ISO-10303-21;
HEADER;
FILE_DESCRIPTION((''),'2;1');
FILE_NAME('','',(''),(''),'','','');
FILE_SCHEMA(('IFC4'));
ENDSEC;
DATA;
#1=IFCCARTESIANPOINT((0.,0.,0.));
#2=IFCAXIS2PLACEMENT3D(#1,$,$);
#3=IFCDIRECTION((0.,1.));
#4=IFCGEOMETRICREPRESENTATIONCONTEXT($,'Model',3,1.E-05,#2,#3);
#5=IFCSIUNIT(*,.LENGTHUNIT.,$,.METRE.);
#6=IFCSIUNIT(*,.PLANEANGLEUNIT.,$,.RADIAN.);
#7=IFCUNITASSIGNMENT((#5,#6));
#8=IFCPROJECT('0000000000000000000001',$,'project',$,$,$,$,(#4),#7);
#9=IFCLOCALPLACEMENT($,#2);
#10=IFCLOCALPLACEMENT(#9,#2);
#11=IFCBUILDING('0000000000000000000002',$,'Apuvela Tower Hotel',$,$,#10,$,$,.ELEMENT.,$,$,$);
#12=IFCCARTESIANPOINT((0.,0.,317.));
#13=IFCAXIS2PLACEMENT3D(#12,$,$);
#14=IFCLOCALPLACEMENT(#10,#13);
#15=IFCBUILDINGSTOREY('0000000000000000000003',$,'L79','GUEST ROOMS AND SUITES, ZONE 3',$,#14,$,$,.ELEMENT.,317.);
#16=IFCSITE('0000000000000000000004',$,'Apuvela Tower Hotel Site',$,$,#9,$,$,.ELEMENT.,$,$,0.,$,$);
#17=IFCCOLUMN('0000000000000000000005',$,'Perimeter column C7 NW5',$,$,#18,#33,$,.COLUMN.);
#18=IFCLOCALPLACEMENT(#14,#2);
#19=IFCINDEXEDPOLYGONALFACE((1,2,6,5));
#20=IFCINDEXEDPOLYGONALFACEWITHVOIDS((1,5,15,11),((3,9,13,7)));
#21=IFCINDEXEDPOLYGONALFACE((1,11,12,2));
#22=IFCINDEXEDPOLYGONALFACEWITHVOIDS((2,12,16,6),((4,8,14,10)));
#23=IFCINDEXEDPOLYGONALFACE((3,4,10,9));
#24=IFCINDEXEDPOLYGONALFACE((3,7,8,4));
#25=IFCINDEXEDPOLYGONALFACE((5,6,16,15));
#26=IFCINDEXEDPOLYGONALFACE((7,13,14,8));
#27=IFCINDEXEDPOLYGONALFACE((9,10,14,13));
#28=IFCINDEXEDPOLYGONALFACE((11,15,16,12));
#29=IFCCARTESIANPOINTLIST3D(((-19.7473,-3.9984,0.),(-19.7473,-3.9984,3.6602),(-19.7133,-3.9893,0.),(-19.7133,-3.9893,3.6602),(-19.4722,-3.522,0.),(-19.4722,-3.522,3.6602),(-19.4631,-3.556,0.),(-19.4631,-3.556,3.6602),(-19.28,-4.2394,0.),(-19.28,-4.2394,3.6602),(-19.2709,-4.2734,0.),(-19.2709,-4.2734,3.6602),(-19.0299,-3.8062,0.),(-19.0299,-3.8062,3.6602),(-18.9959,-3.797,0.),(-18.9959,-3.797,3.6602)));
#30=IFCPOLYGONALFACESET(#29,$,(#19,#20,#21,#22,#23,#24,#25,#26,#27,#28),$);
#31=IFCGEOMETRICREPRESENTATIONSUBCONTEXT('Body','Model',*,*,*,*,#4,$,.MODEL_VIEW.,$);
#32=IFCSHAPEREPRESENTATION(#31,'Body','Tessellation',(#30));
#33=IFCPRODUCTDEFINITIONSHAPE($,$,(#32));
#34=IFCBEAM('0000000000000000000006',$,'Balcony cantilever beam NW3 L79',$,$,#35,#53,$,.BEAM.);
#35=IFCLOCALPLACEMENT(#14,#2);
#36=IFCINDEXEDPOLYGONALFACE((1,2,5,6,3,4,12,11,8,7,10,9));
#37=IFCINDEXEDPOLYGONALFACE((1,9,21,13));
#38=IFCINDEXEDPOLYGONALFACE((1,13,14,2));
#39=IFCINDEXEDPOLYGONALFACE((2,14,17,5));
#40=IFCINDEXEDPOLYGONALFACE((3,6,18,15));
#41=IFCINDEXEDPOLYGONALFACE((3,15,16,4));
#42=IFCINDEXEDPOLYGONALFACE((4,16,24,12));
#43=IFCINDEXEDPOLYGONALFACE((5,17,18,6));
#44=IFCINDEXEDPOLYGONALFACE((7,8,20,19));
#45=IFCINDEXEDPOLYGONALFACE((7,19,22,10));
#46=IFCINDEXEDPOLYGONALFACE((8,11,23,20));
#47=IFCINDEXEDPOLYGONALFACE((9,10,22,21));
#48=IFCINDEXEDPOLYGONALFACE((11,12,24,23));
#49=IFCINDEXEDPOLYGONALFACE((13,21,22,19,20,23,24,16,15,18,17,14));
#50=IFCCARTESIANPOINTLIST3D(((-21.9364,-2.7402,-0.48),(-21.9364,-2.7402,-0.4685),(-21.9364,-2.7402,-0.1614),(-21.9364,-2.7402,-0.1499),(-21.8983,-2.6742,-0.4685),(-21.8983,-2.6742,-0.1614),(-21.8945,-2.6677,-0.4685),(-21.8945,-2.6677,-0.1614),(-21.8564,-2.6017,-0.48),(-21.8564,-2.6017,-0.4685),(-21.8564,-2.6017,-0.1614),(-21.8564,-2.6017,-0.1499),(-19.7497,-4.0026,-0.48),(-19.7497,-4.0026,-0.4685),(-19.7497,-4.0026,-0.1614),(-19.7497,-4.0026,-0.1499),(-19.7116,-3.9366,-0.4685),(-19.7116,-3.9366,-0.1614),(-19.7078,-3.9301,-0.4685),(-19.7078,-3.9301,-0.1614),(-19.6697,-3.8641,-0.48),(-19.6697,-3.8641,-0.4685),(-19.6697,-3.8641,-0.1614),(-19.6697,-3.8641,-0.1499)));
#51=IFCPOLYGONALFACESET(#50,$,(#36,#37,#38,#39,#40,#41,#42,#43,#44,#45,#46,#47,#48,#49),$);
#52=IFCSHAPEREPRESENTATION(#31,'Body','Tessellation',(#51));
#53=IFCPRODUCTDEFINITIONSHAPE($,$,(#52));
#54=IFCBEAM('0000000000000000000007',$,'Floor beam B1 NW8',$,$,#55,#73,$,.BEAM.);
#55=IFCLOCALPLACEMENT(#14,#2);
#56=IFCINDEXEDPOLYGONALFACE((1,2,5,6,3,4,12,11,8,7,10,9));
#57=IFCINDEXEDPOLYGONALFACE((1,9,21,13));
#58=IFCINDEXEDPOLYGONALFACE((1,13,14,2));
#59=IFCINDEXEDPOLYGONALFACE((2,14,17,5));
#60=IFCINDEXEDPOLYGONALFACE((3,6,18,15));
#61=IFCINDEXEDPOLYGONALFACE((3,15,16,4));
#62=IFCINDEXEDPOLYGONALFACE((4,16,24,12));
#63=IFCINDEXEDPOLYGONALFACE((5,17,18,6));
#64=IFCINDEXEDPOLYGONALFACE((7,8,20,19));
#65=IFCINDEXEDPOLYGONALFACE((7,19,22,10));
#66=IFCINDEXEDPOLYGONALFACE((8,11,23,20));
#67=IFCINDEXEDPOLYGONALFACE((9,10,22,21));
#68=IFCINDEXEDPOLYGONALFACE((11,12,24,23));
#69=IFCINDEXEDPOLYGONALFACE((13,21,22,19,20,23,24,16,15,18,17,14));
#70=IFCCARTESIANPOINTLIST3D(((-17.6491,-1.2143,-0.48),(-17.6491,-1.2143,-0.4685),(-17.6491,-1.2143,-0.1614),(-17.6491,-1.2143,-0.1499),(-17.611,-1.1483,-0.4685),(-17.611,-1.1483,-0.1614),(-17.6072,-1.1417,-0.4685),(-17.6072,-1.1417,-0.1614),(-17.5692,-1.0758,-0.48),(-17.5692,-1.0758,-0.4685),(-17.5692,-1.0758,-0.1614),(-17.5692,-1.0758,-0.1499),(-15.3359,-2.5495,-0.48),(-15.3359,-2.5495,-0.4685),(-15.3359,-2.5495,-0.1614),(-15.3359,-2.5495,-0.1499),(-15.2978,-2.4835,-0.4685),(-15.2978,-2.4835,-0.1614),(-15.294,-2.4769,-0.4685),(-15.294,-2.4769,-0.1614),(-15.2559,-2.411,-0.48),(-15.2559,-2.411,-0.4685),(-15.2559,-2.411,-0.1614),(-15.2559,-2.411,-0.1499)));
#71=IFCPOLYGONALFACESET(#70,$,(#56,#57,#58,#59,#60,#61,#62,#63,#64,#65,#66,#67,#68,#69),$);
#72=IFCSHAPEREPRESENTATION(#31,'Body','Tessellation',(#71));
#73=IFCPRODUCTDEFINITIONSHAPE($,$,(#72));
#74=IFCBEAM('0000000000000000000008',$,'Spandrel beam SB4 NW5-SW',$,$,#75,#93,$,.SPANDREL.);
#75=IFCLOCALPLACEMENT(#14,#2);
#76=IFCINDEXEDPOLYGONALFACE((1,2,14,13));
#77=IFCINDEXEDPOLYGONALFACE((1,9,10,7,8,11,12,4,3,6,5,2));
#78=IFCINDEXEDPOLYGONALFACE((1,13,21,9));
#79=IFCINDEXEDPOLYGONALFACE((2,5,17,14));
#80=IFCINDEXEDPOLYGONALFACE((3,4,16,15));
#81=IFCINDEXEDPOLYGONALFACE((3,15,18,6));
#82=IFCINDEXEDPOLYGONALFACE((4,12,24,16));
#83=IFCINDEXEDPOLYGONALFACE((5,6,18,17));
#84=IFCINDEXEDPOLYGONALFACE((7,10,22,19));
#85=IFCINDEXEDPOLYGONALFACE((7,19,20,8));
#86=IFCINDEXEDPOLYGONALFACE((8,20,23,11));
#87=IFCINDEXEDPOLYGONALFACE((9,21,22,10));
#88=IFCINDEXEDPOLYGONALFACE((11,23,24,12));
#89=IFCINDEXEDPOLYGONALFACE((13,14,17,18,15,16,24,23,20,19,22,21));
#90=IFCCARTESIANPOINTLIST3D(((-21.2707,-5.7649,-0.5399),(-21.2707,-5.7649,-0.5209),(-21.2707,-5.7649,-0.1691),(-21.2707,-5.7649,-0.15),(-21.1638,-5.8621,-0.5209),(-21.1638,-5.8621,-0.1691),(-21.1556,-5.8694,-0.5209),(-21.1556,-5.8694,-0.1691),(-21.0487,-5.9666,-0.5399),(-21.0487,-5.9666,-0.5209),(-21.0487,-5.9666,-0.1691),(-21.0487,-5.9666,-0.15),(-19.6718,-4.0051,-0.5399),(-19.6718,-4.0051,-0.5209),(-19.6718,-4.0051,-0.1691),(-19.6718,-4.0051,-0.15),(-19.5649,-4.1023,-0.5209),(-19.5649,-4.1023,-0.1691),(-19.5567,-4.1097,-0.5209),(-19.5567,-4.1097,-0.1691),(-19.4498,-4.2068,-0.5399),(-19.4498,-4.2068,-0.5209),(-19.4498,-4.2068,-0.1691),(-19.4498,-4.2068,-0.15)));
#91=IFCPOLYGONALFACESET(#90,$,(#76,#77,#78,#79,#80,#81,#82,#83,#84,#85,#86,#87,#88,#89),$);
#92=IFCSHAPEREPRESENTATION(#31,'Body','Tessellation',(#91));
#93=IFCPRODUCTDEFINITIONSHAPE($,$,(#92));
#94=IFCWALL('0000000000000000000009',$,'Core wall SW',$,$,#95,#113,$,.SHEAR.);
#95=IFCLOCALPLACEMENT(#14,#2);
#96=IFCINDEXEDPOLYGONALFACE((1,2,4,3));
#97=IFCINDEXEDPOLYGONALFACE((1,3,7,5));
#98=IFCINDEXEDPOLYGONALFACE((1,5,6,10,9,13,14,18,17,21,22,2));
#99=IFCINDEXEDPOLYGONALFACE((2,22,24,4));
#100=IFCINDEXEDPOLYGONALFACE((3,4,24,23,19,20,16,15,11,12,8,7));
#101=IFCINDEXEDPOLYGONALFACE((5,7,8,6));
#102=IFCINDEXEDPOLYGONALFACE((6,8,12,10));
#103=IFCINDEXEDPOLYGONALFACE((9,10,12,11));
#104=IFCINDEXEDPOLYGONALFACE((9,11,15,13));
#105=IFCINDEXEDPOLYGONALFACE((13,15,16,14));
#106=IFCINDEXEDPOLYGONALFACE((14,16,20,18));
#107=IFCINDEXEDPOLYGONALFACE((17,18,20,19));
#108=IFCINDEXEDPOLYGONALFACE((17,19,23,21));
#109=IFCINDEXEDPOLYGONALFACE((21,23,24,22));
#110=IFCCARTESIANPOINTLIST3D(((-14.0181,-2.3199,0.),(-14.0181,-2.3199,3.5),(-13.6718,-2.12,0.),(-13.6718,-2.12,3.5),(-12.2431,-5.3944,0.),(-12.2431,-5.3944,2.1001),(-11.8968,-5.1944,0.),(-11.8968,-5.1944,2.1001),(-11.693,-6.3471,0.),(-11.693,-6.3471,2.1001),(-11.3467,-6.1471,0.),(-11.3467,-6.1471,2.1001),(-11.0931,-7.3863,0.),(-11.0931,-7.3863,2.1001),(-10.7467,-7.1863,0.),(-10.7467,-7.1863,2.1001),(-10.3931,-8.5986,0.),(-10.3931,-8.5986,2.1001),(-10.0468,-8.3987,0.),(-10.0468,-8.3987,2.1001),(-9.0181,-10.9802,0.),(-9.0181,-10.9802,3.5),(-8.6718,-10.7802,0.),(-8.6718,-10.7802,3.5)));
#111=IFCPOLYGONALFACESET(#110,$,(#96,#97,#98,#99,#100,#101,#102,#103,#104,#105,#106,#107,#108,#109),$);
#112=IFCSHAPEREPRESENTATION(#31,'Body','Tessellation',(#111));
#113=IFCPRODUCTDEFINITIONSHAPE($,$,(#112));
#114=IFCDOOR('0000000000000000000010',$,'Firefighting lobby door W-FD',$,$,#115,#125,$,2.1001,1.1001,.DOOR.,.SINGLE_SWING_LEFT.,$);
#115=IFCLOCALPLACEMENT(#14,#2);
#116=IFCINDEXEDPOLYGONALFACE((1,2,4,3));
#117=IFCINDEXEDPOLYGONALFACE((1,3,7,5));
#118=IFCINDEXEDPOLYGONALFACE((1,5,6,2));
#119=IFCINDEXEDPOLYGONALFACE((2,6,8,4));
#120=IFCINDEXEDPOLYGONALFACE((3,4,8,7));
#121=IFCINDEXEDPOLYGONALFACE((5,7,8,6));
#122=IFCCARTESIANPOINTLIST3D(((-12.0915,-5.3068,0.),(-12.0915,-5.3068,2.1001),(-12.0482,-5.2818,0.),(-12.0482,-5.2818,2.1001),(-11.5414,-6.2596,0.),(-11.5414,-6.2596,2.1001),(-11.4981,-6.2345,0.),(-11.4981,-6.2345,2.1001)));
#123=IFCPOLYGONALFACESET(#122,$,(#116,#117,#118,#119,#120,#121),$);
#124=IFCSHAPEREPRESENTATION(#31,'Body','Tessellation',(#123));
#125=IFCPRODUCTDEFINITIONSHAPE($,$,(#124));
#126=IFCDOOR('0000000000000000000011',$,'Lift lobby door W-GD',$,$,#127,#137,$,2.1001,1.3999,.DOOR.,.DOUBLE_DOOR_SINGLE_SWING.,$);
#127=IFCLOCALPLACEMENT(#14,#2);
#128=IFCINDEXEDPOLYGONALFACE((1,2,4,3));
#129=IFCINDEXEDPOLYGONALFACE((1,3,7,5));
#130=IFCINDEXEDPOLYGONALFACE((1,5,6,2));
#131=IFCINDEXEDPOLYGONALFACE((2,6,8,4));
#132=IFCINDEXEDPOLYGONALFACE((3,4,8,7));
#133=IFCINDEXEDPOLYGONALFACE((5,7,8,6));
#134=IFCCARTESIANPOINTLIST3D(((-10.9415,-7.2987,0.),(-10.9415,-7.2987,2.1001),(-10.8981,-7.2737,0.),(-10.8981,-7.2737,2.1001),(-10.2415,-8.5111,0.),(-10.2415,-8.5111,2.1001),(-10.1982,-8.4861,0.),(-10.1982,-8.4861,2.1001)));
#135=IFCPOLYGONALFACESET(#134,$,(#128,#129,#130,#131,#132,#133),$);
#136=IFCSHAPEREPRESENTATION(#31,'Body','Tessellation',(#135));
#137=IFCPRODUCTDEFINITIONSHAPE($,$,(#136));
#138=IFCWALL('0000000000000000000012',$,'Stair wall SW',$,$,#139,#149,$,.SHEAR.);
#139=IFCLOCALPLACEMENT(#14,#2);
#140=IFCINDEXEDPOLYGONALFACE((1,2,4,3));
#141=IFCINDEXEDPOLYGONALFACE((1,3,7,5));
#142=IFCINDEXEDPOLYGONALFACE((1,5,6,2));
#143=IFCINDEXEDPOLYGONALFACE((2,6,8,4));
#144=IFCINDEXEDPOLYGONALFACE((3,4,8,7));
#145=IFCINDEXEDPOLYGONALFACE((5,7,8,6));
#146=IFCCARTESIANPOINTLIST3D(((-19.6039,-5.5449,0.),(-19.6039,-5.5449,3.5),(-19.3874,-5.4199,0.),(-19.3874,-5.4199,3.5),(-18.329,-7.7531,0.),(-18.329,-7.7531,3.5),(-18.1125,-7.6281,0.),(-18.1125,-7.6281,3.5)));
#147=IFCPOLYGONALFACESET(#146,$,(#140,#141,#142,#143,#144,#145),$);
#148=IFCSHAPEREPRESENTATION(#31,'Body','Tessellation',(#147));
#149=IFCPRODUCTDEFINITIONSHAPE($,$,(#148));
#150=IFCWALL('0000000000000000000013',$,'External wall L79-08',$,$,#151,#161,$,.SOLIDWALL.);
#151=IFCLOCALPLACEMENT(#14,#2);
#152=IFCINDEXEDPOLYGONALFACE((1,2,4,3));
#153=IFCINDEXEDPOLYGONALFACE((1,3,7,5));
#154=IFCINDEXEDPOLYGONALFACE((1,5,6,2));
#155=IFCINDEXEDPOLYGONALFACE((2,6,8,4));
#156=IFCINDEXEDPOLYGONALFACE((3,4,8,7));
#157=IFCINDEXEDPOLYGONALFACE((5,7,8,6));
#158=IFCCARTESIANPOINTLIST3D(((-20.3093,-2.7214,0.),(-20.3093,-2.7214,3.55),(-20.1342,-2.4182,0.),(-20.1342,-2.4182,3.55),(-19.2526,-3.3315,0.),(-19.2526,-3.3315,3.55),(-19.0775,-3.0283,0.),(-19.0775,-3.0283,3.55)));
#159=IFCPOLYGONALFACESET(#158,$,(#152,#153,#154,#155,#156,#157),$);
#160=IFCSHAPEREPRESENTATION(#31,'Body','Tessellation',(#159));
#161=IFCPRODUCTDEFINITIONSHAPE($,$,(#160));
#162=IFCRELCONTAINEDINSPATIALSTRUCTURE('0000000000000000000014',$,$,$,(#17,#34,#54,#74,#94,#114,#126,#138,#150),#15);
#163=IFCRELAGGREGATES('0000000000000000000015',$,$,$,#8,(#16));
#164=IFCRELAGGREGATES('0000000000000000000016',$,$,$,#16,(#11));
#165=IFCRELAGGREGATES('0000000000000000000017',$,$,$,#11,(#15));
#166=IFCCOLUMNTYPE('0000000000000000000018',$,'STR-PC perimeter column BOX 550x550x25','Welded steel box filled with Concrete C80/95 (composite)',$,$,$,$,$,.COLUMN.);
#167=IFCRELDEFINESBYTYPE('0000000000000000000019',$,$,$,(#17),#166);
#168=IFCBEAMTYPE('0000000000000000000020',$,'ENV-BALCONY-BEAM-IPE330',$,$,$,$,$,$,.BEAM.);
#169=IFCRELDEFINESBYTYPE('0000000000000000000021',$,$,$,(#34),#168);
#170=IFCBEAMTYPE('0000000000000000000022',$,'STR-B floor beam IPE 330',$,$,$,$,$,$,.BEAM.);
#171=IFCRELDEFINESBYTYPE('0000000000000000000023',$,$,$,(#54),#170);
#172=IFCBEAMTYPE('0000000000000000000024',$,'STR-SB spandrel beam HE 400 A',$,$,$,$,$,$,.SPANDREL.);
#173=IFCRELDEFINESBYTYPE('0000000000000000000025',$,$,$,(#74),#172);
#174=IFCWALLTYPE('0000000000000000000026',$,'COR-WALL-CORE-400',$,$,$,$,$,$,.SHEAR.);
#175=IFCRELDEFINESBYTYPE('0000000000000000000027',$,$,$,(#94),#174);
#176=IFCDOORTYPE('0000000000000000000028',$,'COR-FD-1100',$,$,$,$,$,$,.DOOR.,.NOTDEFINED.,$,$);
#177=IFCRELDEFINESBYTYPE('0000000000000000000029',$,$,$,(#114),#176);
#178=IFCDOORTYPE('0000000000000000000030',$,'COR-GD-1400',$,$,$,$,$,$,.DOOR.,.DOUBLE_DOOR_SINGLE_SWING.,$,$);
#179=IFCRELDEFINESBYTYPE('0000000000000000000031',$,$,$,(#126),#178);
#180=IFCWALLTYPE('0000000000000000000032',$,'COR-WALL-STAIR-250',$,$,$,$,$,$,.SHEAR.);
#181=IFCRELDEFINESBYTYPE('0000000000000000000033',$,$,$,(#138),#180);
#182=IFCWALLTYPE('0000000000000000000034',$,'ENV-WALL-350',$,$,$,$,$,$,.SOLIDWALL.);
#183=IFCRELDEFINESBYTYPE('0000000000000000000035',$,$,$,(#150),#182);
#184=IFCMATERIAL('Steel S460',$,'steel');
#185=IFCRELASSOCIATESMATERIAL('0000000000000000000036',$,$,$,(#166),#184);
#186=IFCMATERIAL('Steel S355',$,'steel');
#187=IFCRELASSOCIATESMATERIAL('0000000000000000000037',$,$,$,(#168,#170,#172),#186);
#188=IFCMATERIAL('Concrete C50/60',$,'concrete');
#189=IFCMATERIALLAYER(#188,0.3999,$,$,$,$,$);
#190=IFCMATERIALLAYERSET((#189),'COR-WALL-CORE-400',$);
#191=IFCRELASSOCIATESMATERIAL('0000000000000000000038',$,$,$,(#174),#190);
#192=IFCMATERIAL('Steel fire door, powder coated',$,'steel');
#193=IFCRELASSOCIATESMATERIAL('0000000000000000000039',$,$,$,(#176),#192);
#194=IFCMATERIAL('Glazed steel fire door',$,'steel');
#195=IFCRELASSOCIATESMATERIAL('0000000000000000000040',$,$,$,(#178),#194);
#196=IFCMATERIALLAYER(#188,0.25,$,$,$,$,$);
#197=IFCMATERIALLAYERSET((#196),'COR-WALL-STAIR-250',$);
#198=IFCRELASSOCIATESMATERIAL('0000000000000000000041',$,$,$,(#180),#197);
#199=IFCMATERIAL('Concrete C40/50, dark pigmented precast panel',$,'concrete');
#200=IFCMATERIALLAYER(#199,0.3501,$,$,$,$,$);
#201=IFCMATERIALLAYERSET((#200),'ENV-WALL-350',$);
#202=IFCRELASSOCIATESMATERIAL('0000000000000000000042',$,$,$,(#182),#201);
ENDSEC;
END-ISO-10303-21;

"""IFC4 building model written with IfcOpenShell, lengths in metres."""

from ifc_helpers import new_model, si_unit, direction, frame, frame_2d, origin, origin_2d, place, context, subcontext, project, spatial, rectangle, hollow_rectangle, i_section, extrude, boolean, halfspace, material, layer, layer_set, material_profile, profile_set, type_object, element, fill, save


model = new_model("IFC4")

# Units and contexts
model_context = context("Model", 3, precision=1e-05, world=origin(), true_north=direction((0.0, 1.0)))
body_context = subcontext(model_context, "Body", "Model", "MODEL_VIEW")
ifc_project = project(units=[si_unit("LENGTHUNIT", "METRE"), si_unit("PLANEANGLEUNIT", "RADIAN")], contexts=[model_context])

# Site, building, storey
site_placement = place(None, origin())
site = spatial("IfcSite", under=ifc_project, at=site_placement, Name="Apuvela Tower Hotel Site", CompositionType="ELEMENT", RefElevation=0.0)
building_placement = place(site_placement, origin())
building = spatial("IfcBuilding", under=site, at=building_placement, Name="Apuvela Tower Hotel", CompositionType="ELEMENT")
storey_placement = place(building_placement, frame((0.0, 0.0, 317.0)))
storey = spatial("IfcBuildingStorey", under=building, at=storey_placement, Name="L79", Description="GUEST ROOMS AND SUITES, ZONE 3", CompositionType="ELEMENT", Elevation=317.0)

# Column
ifc_material_1 = material(Name="Steel S460", Category="steel")
ifc_material_profile_1 = material_profile(ifc_material_1, hollow_rectangle(XDim=0.55, YDim=0.55, WallThickness=0.0249, at=origin_2d()), Name="BOX 550x550x25")
ifc_material_2 = material(Name="Concrete C80/95", Category="concrete")
ifc_material_profile_2 = material_profile(ifc_material_2, rectangle(XDim=0.5, YDim=0.5, at=origin_2d()), Name="Concrete C80/95 infill")
ifc_profile_set_1 = profile_set([ifc_material_profile_1, ifc_material_profile_2], Name="Steel S460")
column_type = type_object("IfcColumnType", Name="STR-PC perimeter column BOX 550x550x25", Description="Welded steel box filled with Concrete C80/95 (composite)", PredefinedType="COLUMN", material=ifc_profile_set_1)
column_placement = place(storey_placement, frame((-19.3716, -3.8977, 0.0), z_axis=(0.0, 0.0, 1.0), x_axis=(0.5, 0.866025, 0.0)))
element("IfcColumn", 1, at=column_placement, inside=storey, type_object=column_type, Name="Perimeter column C7 NW5", PredefinedType="COLUMN", context=body_context, shape_type="SweptSolid", body=[
    boolean("DIFFERENCE", extrude(hollow_rectangle(XDim=0.55, YDim=0.55, WallThickness=0.0249, at=origin_2d()), origin(), (0.0, 0.0, 1.0), 3.7), halfspace(frame((0.0, 0.0, 3.6602), z_axis=(0.0, 0.0, 1.0), x_axis=(1.0, 0.0, 0.0)), False)),
])

# Beams
ifc_material_3 = material(Name="Steel S355", Category="steel")
ifc_material_profile_3 = material_profile(ifc_material_3, i_section(OverallWidth=0.1599, OverallDepth=0.3301, WebThickness=0.0076, FlangeThickness=0.0115, at=origin_2d()), Name="IPE 330")
ifc_profile_set_2 = profile_set([ifc_material_profile_3], Name="Steel S355")
beam_type_1 = type_object("IfcBeamType", Name="ENV-BALCONY-BEAM-IPE330", PredefinedType="BEAM", material=ifc_profile_set_2)
beam_1_placement = place(storey_placement, frame((-19.7097, -3.9333, -0.3149), z_axis=(-0.866039, 0.499976, 0.0), x_axis=(-0.499976, -0.866039, 0.0)))
element("IfcBeam", 2, at=beam_1_placement, inside=storey, type_object=beam_type_1, Name="Balcony cantilever beam NW3 L79", PredefinedType="BEAM", context=body_context, shape_type="SweptSolid", body=[
    extrude(i_section(OverallWidth=0.1599, OverallDepth=0.3301, WebThickness=0.0076, FlangeThickness=0.0115, at=origin_2d()), origin(), (0.0, 0.0, 1.0), 2.5249),
])
ifc_material_profile_4 = material_profile(ifc_material_3, i_section(OverallWidth=0.1599, OverallDepth=0.3301, WebThickness=0.0076, FlangeThickness=0.0115, at=origin_2d()), Name="IPE 330")
ifc_profile_set_3 = profile_set([ifc_material_profile_4], Name="Steel S355")
beam_type_2 = type_object("IfcBeamType", Name="STR-B floor beam IPE 330", PredefinedType="BEAM", material=ifc_profile_set_3)
beam_2_placement = place(storey_placement, frame((-17.6091, -1.145, -0.3149), z_axis=(0.866081, -0.499904, 0.0), x_axis=(0.499904, 0.866081, 0.0)))
element("IfcBeam", 3, at=beam_2_placement, inside=storey, type_object=beam_type_2, Name="Floor beam B1 NW8", PredefinedType="BEAM", context=body_context, shape_type="SweptSolid", body=[
    extrude(i_section(OverallWidth=0.1599, OverallDepth=0.3301, WebThickness=0.0076, FlangeThickness=0.0115, at=origin_2d()), origin(), (0.0, 0.0, 1.0), 2.6709),
])
ifc_material_profile_5 = material_profile(ifc_material_3, i_section(OverallWidth=0.3, OverallDepth=0.3899, WebThickness=0.011, FlangeThickness=0.019, at=origin_2d()), Name="HE 400 A")
ifc_profile_set_4 = profile_set([ifc_material_profile_5], Name="Steel S355")
beam_type_3 = type_object("IfcBeamType", Name="STR-SB spandrel beam HE 400 A", PredefinedType="SPANDREL", material=ifc_profile_set_4)
beam_3_placement = place(storey_placement, frame((-19.5608, -4.106, -0.345), z_axis=(-0.672463, -0.740131, 0.0), x_axis=(0.740131, -0.672463, 0.0)))
element("IfcBeam", 4, at=beam_3_placement, inside=storey, type_object=beam_type_3, Name="Spandrel beam SB4 NW5-SW", PredefinedType="SPANDREL", context=body_context, shape_type="SweptSolid", body=[
    extrude(i_section(OverallWidth=0.3, OverallDepth=0.3899, WebThickness=0.011, FlangeThickness=0.019, at=origin_2d()), origin(), (0.0, 0.0, 1.0), 2.3777),
])

# Wall, openings, doors
ifc_material_4 = material(Name="Concrete C50/60", Category="concrete")
ifc_layer_1 = layer(ifc_material_4, 0.3999)
ifc_layer_set_1 = layer_set([ifc_layer_1], Name="COR-WALL-CORE-400")
wall_type_1 = type_object("IfcWallType", Name="COR-WALL-CORE-400", PredefinedType="SHEAR", material=ifc_layer_set_1)
wall_1_placement = place(storey_placement, frame((-13.845, -2.22, 0.0), z_axis=(0.0, 0.0, 1.0), x_axis=(0.500004, -0.866023, 0.0)))
wall_1 = element("IfcWall", 5, at=wall_1_placement, inside=storey, type_object=wall_type_1, Name="Core wall SW", PredefinedType="SHEAR", context=body_context, shape_type="SweptSolid", body=[
    extrude(rectangle(XDim=10.0, YDim=0.3999, at=frame_2d((5.0, 0.0))), origin(), (0.0, 0.0, 1.0), 3.5),
])
opening_1_placement = place(wall_1_placement, frame((3.55, 0.0, 0.0)))
opening_1 = element("IfcOpeningElement", 6, at=opening_1_placement, cuts=wall_1, PredefinedType="OPENING", context=body_context, shape_type="SweptSolid", body=[
    extrude(rectangle(XDim=1.1001, YDim=2.1001, at=frame_2d((0.55, 1.05))), frame((0.0, 0.21, 0.0), z_axis=(0.0, -1.0, 0.0), x_axis=(1.0, 0.0, 0.0)), (0.0, 0.0, 1.0), 0.4199),
])
opening_2_placement = place(wall_1_placement, frame((5.8501, 0.0, 0.0)))
opening_2 = element("IfcOpeningElement", 7, at=opening_2_placement, cuts=wall_1, PredefinedType="OPENING", context=body_context, shape_type="SweptSolid", body=[
    extrude(rectangle(XDim=1.3999, YDim=2.1001, at=frame_2d((0.7, 1.05))), frame((0.0, 0.21, 0.0), z_axis=(0.0, -1.0, 0.0), x_axis=(1.0, 0.0, 0.0)), (0.0, 0.0, 1.0), 0.4199),
])
ifc_material_5 = material(Name="Steel fire door, powder coated", Category="steel")
door_type_1 = type_object("IfcDoorType", Name="COR-FD-1100", OperationType="NOTDEFINED", PredefinedType="DOOR", material=ifc_material_5)
door_1_placement = place(opening_1_placement, frame((1.1001, 0.0, 0.0), z_axis=(0.0, 0.0, 1.0), x_axis=(-1.0, 0.0, 0.0)))
door_1 = element("IfcDoor", 8, at=door_1_placement, inside=storey, type_object=door_type_1, Name="Firefighting lobby door W-FD", OperationType="SINGLE_SWING_LEFT", OverallHeight=2.1001, OverallWidth=1.1001, PredefinedType="DOOR", context=body_context, shape_type="SweptSolid", body=[
    extrude(rectangle(XDim=1.1001, YDim=2.1001, at=frame_2d((0.55, 1.05))), frame((0.0, 0.0249, 0.0), z_axis=(0.0, -1.0, 0.0), x_axis=(1.0, 0.0, 0.0)), (0.0, 0.0, 1.0), 0.05),
])
fill(opening_1, door_1)
ifc_material_6 = material(Name="Glazed steel fire door", Category="steel")
door_type_2 = type_object("IfcDoorType", Name="COR-GD-1400", OperationType="DOUBLE_DOOR_SINGLE_SWING", PredefinedType="DOOR", material=ifc_material_6)
door_2_placement = place(opening_2_placement, frame((1.3999, 0.0, 0.0), z_axis=(0.0, 0.0, 1.0), x_axis=(-1.0, 0.0, 0.0)))
door_2 = element("IfcDoor", 9, at=door_2_placement, inside=storey, type_object=door_type_2, Name="Lift lobby door W-GD", OperationType="DOUBLE_DOOR_SINGLE_SWING", OverallHeight=2.1001, OverallWidth=1.3999, PredefinedType="DOOR", context=body_context, shape_type="SweptSolid", body=[
    extrude(rectangle(XDim=1.3999, YDim=2.1001, at=frame_2d((0.7, 1.05))), frame((0.0, 0.0249, 0.0), z_axis=(0.0, -1.0, 0.0), x_axis=(1.0, 0.0, 0.0)), (0.0, 0.0, 1.0), 0.05),
])
fill(opening_2, door_2)

# Walls
ifc_layer_2 = layer(ifc_material_4, 0.25)
ifc_layer_set_2 = layer_set([ifc_layer_2], Name="COR-WALL-STAIR-250")
wall_type_2 = type_object("IfcWallType", Name="COR-WALL-STAIR-250", PredefinedType="SHEAR", material=ifc_layer_set_2)
wall_2_placement = place(storey_placement, frame((-19.4956, -5.4824, 0.0), z_axis=(0.0, 0.0, 1.0), x_axis=(0.49999, -0.866031, 0.0)))
element("IfcWall", 10, at=wall_2_placement, inside=storey, type_object=wall_type_2, Name="Stair wall SW", PredefinedType="SHEAR", context=body_context, shape_type="SweptSolid", body=[
    extrude(rectangle(XDim=2.5498, YDim=0.25, at=frame_2d((1.2749, 0.0))), origin(), (0.0, 0.0, 1.0), 3.5),
])
ifc_material_7 = material(Name="Concrete C40/50, dark pigmented precast panel", Category="concrete")
ifc_layer_3 = layer(ifc_material_7, 0.3501)
ifc_layer_set_3 = layer_set([ifc_layer_3], Name="ENV-WALL-350")
wall_type_3 = type_object("IfcWallType", Name="ENV-WALL-350", PredefinedType="SOLIDWALL", material=ifc_layer_set_3)
wall_3_placement = place(storey_placement, frame((-19.165, -3.1799, 0.0), z_axis=(0.0, 0.0, 1.0), x_axis=(-0.866006, 0.500034, 0.0)))
element("IfcWall", 11, at=wall_3_placement, inside=storey, type_object=wall_type_3, Name="External wall L79-08", PredefinedType="SOLIDWALL", context=body_context, shape_type="SweptSolid", body=[
    extrude(rectangle(XDim=1.2202, YDim=0.3501, at=frame_2d((0.6101, 0.0))), origin(), (0.0, 0.0, 1.0), 3.55),
])

save(model, "model.ifc")
